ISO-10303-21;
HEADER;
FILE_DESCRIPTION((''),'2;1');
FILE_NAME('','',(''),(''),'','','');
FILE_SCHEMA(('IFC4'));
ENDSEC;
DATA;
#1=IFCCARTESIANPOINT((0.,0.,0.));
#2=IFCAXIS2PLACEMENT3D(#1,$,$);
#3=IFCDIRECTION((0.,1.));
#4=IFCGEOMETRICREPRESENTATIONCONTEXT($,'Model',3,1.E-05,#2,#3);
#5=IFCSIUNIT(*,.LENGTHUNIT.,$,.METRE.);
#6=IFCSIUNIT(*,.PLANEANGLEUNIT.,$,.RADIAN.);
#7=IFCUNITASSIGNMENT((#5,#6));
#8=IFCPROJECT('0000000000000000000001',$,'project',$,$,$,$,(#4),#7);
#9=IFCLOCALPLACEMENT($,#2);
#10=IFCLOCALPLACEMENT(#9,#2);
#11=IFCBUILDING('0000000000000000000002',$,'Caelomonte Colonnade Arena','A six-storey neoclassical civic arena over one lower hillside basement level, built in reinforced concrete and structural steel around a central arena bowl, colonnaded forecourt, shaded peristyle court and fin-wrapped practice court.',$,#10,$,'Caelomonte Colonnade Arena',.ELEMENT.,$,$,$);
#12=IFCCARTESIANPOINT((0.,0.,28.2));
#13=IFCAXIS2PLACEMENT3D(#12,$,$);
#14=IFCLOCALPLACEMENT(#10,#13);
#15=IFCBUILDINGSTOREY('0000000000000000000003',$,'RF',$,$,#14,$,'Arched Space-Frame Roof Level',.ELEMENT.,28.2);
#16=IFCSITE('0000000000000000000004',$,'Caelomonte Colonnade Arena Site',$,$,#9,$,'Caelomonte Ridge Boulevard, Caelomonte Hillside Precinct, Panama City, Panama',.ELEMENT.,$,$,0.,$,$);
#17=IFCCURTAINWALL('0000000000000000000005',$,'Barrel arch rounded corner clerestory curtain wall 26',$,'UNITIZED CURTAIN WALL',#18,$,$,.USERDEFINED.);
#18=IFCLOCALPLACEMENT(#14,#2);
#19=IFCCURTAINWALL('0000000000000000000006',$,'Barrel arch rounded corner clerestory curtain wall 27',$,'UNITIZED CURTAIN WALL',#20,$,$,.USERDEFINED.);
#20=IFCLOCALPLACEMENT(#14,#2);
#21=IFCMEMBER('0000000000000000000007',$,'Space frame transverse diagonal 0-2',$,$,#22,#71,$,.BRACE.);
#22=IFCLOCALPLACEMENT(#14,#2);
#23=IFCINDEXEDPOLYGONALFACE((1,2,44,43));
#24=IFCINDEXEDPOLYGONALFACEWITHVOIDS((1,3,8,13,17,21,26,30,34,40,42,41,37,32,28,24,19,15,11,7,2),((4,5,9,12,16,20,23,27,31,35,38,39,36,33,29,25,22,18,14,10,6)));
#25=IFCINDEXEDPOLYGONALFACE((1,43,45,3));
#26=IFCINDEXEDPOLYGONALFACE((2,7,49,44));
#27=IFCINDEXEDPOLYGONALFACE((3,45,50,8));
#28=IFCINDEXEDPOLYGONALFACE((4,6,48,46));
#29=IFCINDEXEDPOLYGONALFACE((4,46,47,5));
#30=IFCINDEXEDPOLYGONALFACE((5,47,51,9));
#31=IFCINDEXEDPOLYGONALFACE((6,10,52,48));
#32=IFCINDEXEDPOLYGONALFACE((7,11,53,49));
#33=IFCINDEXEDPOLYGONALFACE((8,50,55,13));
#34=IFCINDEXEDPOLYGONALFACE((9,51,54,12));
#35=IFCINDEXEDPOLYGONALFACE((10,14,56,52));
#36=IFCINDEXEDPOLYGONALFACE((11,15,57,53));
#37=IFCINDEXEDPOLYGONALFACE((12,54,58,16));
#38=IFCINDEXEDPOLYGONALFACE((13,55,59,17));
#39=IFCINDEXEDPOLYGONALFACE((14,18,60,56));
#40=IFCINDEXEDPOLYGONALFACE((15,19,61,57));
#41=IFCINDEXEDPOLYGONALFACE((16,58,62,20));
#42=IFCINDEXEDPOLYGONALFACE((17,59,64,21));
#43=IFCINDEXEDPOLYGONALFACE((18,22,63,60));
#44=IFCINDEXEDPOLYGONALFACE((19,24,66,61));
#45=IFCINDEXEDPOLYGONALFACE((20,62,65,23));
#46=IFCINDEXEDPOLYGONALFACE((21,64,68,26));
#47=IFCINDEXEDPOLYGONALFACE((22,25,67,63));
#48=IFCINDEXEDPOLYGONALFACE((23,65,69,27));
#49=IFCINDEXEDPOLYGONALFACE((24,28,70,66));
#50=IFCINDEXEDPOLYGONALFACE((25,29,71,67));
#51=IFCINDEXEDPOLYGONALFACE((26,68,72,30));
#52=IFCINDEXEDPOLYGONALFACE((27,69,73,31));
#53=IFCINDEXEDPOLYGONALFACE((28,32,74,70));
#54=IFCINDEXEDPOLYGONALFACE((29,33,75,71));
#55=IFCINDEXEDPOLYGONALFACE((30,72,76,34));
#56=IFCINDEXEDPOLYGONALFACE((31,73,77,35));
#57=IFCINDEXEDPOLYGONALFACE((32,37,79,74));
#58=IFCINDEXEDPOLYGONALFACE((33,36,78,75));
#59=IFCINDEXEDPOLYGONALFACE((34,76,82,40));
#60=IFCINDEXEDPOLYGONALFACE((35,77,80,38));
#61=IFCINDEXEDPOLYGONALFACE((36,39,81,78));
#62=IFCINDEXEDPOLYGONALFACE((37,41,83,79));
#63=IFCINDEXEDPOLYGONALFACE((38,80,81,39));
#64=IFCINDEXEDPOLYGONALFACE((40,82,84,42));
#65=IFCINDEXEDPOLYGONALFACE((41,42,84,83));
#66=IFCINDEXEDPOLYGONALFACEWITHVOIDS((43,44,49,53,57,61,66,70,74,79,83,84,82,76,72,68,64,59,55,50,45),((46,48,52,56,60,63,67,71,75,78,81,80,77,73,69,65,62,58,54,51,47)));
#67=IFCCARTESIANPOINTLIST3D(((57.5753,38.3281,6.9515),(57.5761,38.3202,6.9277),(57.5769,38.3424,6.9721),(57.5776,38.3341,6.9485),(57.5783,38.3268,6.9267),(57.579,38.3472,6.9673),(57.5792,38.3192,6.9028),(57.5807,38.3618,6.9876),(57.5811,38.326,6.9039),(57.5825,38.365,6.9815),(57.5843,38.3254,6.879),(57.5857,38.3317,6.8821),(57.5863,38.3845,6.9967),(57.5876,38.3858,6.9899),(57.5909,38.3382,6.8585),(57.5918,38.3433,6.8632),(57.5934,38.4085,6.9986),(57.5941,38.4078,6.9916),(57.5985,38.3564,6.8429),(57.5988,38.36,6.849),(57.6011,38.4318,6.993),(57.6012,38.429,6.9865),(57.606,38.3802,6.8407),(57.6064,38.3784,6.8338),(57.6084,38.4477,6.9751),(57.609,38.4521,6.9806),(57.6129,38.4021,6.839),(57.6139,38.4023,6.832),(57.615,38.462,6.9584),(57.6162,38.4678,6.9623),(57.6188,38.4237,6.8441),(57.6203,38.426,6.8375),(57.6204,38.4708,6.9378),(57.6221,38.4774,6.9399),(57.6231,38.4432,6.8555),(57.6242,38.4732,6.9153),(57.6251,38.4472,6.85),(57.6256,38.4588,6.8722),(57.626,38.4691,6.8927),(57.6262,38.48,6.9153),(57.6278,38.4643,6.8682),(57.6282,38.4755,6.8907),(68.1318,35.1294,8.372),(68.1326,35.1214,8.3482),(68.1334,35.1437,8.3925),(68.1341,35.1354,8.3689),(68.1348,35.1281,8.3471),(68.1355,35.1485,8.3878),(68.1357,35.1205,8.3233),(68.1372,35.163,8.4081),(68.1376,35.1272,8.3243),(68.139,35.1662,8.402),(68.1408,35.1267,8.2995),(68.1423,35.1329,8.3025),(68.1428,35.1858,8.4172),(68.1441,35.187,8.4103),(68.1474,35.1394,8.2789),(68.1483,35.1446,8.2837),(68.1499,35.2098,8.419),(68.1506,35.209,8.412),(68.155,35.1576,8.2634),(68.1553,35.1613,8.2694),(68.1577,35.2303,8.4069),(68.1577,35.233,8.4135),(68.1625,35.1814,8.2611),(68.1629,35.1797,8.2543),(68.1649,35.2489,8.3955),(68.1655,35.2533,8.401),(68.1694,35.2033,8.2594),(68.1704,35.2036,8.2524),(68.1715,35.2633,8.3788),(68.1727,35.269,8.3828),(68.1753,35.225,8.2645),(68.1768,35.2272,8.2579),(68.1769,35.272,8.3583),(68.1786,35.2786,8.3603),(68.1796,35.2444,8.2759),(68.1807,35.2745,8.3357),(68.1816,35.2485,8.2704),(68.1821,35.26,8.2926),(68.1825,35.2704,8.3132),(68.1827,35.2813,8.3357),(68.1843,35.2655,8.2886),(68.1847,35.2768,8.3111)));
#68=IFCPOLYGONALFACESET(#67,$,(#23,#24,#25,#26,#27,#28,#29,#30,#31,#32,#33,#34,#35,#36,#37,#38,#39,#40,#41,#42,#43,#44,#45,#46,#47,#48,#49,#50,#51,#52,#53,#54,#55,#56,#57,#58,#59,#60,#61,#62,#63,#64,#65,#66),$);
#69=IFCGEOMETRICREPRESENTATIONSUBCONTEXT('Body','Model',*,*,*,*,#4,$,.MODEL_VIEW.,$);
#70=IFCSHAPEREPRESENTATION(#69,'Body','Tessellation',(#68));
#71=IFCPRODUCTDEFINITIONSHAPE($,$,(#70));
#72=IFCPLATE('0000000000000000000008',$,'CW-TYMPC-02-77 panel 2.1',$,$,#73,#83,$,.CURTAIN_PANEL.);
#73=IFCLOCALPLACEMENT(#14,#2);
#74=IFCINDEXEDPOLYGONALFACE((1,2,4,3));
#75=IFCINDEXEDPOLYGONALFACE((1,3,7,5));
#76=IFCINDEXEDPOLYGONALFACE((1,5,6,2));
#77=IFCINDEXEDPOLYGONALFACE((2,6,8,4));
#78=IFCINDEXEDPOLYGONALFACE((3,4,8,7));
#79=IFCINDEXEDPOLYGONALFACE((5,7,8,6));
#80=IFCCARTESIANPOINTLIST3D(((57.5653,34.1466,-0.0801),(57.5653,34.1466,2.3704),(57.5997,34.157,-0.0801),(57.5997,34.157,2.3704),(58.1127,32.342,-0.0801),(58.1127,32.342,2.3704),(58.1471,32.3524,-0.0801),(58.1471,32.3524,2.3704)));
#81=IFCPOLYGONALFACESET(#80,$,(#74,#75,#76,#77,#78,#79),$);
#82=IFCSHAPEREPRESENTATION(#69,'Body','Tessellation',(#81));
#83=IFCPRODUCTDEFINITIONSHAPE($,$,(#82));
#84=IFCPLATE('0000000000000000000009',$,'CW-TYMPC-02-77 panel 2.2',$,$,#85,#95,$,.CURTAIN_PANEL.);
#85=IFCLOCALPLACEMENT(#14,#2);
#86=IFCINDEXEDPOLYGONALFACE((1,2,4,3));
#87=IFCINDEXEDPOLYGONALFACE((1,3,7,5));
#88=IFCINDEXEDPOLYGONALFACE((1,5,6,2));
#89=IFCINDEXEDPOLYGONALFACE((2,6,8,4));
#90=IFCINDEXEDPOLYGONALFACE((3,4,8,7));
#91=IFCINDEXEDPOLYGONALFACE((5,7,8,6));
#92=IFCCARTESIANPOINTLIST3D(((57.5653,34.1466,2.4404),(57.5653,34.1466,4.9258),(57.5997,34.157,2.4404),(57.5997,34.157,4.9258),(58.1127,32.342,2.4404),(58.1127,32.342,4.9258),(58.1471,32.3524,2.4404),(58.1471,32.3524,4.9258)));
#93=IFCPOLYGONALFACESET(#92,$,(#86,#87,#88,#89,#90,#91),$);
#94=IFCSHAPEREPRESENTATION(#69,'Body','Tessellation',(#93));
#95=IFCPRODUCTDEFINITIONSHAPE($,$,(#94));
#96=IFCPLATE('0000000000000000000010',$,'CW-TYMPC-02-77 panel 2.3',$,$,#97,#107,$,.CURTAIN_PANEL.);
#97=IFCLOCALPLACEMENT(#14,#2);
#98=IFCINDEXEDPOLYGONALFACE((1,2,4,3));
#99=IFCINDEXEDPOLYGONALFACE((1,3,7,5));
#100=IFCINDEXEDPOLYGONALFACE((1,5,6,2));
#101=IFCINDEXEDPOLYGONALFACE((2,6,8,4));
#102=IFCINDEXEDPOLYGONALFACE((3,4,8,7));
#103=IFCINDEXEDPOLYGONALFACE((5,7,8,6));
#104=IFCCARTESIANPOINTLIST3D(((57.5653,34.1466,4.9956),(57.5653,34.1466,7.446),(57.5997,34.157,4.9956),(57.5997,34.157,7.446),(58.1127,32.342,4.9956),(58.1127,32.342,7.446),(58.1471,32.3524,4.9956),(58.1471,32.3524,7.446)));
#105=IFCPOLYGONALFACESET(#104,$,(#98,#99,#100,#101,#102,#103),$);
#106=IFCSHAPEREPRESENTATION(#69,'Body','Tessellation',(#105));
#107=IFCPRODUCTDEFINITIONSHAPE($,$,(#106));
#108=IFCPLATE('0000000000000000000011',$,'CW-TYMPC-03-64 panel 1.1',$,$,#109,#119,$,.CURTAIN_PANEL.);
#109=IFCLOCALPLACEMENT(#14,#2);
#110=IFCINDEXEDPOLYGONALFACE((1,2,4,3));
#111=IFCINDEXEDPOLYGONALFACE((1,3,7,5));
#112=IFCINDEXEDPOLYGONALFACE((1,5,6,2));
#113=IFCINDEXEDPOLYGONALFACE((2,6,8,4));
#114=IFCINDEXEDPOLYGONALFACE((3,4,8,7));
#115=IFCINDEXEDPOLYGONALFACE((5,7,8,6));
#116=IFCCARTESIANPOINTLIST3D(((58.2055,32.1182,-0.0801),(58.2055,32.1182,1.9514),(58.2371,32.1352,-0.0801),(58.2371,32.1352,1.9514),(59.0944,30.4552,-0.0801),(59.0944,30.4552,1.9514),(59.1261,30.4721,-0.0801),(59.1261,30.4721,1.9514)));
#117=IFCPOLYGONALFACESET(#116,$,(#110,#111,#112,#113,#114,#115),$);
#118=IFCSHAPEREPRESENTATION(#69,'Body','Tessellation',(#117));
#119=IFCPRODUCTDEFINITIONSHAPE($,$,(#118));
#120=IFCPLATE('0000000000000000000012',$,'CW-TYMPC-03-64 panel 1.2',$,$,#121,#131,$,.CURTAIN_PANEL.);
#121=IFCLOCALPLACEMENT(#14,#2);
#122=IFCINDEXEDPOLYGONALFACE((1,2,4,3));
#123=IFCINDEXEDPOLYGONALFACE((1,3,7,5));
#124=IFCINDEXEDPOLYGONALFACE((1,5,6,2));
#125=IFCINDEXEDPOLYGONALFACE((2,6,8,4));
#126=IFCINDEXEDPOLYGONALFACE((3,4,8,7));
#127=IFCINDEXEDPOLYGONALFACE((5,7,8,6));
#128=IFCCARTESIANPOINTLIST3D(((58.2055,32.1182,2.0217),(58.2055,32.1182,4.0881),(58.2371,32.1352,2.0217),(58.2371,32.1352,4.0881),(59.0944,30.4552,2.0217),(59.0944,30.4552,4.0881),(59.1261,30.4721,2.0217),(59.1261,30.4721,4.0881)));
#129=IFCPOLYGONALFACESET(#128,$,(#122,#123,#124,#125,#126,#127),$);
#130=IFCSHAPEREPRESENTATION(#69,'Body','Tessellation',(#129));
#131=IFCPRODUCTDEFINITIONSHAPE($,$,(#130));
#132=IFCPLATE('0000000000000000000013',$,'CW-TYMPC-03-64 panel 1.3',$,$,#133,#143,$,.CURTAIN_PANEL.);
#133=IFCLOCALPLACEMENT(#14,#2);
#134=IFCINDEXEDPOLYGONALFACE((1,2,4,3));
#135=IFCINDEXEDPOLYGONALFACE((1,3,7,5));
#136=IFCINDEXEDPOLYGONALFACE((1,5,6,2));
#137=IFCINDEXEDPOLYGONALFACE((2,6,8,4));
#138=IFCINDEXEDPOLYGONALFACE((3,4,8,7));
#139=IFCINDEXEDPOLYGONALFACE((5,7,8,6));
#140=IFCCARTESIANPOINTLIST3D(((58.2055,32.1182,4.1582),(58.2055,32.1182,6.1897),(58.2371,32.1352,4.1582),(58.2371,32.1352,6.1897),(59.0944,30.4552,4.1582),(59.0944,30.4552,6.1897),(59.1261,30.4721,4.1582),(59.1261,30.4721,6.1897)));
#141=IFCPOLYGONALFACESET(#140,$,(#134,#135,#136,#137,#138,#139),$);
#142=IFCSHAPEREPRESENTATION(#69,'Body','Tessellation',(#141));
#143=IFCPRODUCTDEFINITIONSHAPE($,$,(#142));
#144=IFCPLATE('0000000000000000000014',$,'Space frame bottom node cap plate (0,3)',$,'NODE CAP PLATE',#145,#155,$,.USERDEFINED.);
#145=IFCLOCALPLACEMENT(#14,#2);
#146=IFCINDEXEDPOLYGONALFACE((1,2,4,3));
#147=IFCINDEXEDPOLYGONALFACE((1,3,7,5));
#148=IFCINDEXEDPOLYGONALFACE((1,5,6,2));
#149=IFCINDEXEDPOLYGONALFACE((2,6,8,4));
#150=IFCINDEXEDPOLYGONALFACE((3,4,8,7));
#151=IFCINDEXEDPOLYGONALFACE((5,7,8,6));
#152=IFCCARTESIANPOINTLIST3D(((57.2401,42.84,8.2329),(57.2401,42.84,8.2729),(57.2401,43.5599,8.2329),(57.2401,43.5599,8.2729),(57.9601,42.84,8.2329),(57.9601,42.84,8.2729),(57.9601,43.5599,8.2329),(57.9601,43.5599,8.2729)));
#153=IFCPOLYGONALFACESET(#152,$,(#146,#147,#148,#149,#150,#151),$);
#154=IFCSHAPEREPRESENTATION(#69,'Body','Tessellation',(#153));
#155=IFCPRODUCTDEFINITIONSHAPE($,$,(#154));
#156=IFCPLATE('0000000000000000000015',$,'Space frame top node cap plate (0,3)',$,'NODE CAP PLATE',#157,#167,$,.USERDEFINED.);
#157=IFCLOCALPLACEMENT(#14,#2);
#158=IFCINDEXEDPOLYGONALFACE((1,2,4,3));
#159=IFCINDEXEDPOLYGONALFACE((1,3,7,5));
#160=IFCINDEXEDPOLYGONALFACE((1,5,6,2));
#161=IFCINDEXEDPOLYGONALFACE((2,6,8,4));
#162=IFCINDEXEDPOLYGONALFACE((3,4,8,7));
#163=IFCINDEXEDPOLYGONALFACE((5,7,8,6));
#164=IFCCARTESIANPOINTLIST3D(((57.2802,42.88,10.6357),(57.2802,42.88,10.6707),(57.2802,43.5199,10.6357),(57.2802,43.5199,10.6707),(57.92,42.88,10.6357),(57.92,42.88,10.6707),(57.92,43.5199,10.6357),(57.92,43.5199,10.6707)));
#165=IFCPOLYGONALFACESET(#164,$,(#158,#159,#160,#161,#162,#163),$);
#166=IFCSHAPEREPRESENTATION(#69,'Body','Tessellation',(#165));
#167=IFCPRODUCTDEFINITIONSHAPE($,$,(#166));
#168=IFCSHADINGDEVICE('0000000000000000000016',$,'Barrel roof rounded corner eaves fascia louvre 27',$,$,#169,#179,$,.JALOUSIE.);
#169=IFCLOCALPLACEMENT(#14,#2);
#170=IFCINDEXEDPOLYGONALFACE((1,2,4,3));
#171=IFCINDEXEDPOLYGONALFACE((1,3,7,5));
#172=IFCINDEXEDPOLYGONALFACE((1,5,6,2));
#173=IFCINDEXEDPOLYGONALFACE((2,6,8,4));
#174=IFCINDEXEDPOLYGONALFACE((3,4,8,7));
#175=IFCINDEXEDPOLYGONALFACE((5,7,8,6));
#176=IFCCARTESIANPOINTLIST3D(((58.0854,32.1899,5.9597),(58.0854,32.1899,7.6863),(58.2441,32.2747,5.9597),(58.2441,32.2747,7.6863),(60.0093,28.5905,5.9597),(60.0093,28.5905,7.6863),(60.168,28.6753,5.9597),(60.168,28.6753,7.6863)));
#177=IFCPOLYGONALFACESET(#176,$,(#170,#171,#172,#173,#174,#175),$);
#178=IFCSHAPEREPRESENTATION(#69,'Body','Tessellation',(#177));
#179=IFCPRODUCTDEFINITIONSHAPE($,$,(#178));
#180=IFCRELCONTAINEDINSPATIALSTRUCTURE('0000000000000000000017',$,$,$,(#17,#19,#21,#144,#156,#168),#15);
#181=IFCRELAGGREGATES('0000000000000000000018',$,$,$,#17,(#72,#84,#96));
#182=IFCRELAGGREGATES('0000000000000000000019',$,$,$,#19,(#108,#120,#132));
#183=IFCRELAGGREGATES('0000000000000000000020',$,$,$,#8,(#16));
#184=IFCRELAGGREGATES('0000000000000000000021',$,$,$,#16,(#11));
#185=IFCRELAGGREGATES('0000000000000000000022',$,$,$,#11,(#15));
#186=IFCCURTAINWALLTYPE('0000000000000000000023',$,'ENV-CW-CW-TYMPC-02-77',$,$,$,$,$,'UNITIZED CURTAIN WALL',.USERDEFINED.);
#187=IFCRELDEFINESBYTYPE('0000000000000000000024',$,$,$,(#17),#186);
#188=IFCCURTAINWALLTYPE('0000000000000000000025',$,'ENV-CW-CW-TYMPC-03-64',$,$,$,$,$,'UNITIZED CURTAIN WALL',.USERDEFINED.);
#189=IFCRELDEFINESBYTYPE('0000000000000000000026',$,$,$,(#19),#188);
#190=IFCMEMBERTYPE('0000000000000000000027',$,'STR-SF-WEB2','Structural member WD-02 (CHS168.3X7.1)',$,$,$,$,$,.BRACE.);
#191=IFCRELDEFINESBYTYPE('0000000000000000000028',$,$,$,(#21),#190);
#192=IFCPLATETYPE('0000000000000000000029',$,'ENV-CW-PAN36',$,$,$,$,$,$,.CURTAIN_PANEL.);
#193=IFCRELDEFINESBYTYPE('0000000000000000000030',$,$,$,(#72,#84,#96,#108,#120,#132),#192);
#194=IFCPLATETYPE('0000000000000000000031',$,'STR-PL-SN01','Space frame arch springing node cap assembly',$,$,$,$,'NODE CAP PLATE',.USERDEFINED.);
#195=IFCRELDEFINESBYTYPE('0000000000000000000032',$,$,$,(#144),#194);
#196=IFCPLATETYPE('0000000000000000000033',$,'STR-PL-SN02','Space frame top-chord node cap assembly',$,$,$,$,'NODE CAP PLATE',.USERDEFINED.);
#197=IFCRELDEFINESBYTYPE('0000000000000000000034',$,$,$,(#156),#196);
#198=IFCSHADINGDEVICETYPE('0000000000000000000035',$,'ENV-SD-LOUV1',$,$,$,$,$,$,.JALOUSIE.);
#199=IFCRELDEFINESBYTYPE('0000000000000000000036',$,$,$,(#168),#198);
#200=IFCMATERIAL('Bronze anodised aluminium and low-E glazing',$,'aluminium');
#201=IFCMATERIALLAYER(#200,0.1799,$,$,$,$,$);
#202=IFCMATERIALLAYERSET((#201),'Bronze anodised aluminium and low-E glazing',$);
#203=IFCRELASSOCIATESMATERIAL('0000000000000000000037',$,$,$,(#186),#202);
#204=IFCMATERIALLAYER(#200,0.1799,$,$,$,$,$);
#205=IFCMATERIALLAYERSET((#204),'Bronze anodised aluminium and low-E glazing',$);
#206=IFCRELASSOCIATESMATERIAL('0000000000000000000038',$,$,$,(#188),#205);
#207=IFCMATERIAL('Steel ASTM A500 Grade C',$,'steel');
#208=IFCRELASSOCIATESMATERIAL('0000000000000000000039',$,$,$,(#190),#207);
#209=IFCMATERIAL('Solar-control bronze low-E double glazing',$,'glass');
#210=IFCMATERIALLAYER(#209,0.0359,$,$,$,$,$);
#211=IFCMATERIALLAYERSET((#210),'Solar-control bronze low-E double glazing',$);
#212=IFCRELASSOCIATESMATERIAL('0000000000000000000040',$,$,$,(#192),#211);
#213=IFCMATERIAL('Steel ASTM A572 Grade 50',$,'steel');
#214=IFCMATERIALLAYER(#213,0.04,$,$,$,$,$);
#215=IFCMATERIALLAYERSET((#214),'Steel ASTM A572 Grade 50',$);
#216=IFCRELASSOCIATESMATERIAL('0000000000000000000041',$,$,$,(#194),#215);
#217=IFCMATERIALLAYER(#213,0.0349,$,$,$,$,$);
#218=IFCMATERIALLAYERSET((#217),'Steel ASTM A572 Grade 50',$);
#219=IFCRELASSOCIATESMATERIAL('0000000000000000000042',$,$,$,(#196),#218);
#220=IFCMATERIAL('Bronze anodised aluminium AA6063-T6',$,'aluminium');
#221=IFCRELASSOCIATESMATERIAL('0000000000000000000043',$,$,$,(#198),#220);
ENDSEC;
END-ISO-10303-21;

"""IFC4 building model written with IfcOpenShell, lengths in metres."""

from ifc_helpers import new_model, si_unit, direction, frame, origin, origin_2d, place, context, subcontext, project, spatial, rectangle, hollow_circle, extrude, material, layer, layer_set, material_profile, profile_set, type_object, element, aggregate, save


model = new_model("IFC4")

# Units and contexts
model_context = context("Model", 3, precision=1e-05, world=origin(), true_north=direction((0.0, 1.0)))
body_context = subcontext(model_context, "Body", "Model", "MODEL_VIEW")
ifc_project = project(units=[si_unit("LENGTHUNIT", "METRE"), si_unit("PLANEANGLEUNIT", "RADIAN")], contexts=[model_context])

# Site, building, storey
site_placement = place(None, origin())
site = spatial("IfcSite", under=ifc_project, at=site_placement, Name="Caelomonte Colonnade Arena Site", LongName="Caelomonte Ridge Boulevard, Caelomonte Hillside Precinct, Panama City, Panama", CompositionType="ELEMENT", RefElevation=0.0)
building_placement = place(site_placement, origin())
building = spatial("IfcBuilding", under=site, at=building_placement, Name="Caelomonte Colonnade Arena", Description="A six-storey neoclassical civic arena over one lower hillside basement level, built in reinforced concrete and structural steel around a central arena bowl, colonnaded forecourt, shaded peristyle court and fin-wrapped practice court.", LongName="Caelomonte Colonnade Arena", CompositionType="ELEMENT")
storey_placement = place(building_placement, frame((0.0, 0.0, 28.2)))
storey = spatial("IfcBuildingStorey", under=building, at=storey_placement, Name="RF", LongName="Arched Space-Frame Roof Level", CompositionType="ELEMENT", Elevation=28.2)

# Curtain wall
ifc_material_1 = material(Name="Bronze anodised aluminium and low-E glazing", Category="aluminium")
ifc_material_2 = material(Name="Bronze anodised aluminium AA6063-T6", Category="aluminium")
ifc_layer_1 = layer(ifc_material_1, 0.1799)
ifc_layer_set_1 = layer_set([ifc_layer_1], Name="Bronze anodised aluminium and low-E glazing")
curtain_wall_type_1 = type_object("IfcCurtainWallType", Name="ENV-CW-CW-TYMPC-02-77", ElementType="UNITIZED CURTAIN WALL", PredefinedType="USERDEFINED", material=ifc_layer_set_1)
curtain_wall_1_placement = place(storey_placement, origin())
curtain_wall_1 = element("IfcCurtainWall", 1, at=curtain_wall_1_placement, inside=storey, type_object=curtain_wall_type_1, Name="Barrel arch rounded corner clerestory curtain wall 26", ObjectType="UNITIZED CURTAIN WALL", PredefinedType="USERDEFINED")

# Curtain wall
ifc_layer_2 = layer(ifc_material_1, 0.1799)
ifc_layer_set_2 = layer_set([ifc_layer_2], Name="Bronze anodised aluminium and low-E glazing")
curtain_wall_type_2 = type_object("IfcCurtainWallType", Name="ENV-CW-CW-TYMPC-03-64", ElementType="UNITIZED CURTAIN WALL", PredefinedType="USERDEFINED", material=ifc_layer_set_2)
curtain_wall_2_placement = place(storey_placement, origin())
curtain_wall_2 = element("IfcCurtainWall", 2, at=curtain_wall_2_placement, inside=storey, type_object=curtain_wall_type_2, Name="Barrel arch rounded corner clerestory curtain wall 27", ObjectType="UNITIZED CURTAIN WALL", PredefinedType="USERDEFINED")

# Member
ifc_material_3 = material(Name="Steel ASTM A500 Grade C", Category="steel")
ifc_material_profile_1 = material_profile(ifc_material_3, hollow_circle(Radius=0.0842, WallThickness=0.0071, at=origin_2d()), Name="CHS168.3X7.1")
ifc_profile_set_1 = profile_set([ifc_material_profile_1], Name="Steel ASTM A500 Grade C")
member_type_1 = type_object("IfcMemberType", Name="STR-SF-WEB2", Description="Structural member WD-02 (CHS168.3X7.1)", PredefinedType="BRACE", material=ifc_profile_set_1)
member_1_placement = place(storey_placement, frame((57.6018, 38.3994, 6.9153), z_axis=(0.949191, -0.287618, 0.127718), x_axis=(0.289993, 0.957029, 0.0)))
element("IfcMember", 3, at=member_1_placement, inside=storey, type_object=member_type_1, Name="Space frame transverse diagonal 0-2", PredefinedType="BRACE", context=body_context, shape_type="SweptSolid", body=[
    extrude(hollow_circle(Radius=0.0842, WallThickness=0.0071, at=origin_2d()), origin(), (0.0, 0.0, 1.0), 11.1216),
])

# Plates
ifc_material_4 = material(Name="Solar-control bronze low-E double glazing", Category="glass")
ifc_layer_3 = layer(ifc_material_4, 0.0359)
ifc_layer_set_3 = layer_set([ifc_layer_3], Name="Solar-control bronze low-E double glazing")
plate_type_1 = type_object("IfcPlateType", Name="ENV-CW-PAN36", PredefinedType="CURTAIN_PANEL", material=ifc_layer_set_3)
plate_1_placement = place(storey_placement, frame((57.8562, 33.2495, -0.0801), z_axis=(0.0, 0.0, 1.0), x_axis=(0.290266, -0.956946, 0.0)))
plate_1 = element("IfcPlate", 4, at=plate_1_placement, type_object=plate_type_1, Name="CW-TYMPC-02-77 panel 2.1", PredefinedType="CURTAIN_PANEL", context=body_context, shape_type="SweptSolid", body=[
    extrude(rectangle(XDim=1.8857, YDim=0.0359, at=origin_2d()), origin(), (0.0, 0.0, 1.0), 2.4504),
])
plate_2_placement = place(storey_placement, frame((57.8562, 33.2495, 2.4404), z_axis=(0.0, 0.0, 1.0), x_axis=(0.290266, -0.956946, 0.0)))
plate_2 = element("IfcPlate", 5, at=plate_2_placement, type_object=plate_type_1, Name="CW-TYMPC-02-77 panel 2.2", PredefinedType="CURTAIN_PANEL", context=body_context, shape_type="SweptSolid", body=[
    extrude(rectangle(XDim=1.8857, YDim=0.0359, at=origin_2d()), origin(), (0.0, 0.0, 1.0), 2.4854),
])
plate_3_placement = place(storey_placement, frame((57.8562, 33.2495, 4.9956), z_axis=(0.0, 0.0, 1.0), x_axis=(0.290266, -0.956946, 0.0)))
plate_3 = element("IfcPlate", 6, at=plate_3_placement, type_object=plate_type_1, Name="CW-TYMPC-02-77 panel 2.3", PredefinedType="CURTAIN_PANEL", context=body_context, shape_type="SweptSolid", body=[
    extrude(rectangle(XDim=1.8857, YDim=0.0359, at=origin_2d()), origin(), (0.0, 0.0, 1.0), 2.4504),
])
aggregate(curtain_wall_1, [plate_1, plate_2, plate_3])
plate_4_placement = place(storey_placement, frame((58.6658, 31.2952, -0.0801), z_axis=(0.0, 0.0, 1.0), x_axis=(0.471391, -0.881924, 0.0)))
plate_4 = element("IfcPlate", 7, at=plate_4_placement, type_object=plate_type_1, Name="CW-TYMPC-03-64 panel 1.1", PredefinedType="CURTAIN_PANEL", context=body_context, shape_type="SweptSolid", body=[
    extrude(rectangle(XDim=1.8857, YDim=0.0359, at=origin_2d()), origin(), (0.0, 0.0, 1.0), 2.0315),
])
plate_5_placement = place(storey_placement, frame((58.6658, 31.2952, 2.0217), z_axis=(0.0, 0.0, 1.0), x_axis=(0.471391, -0.881924, 0.0)))
plate_5 = element("IfcPlate", 8, at=plate_5_placement, type_object=plate_type_1, Name="CW-TYMPC-03-64 panel 1.2", PredefinedType="CURTAIN_PANEL", context=body_context, shape_type="SweptSolid", body=[
    extrude(rectangle(XDim=1.8857, YDim=0.0359, at=origin_2d()), origin(), (0.0, 0.0, 1.0), 2.0664),
])
plate_6_placement = place(storey_placement, frame((58.6658, 31.2952, 4.1582), z_axis=(0.0, 0.0, 1.0), x_axis=(0.471391, -0.881924, 0.0)))
plate_6 = element("IfcPlate", 9, at=plate_6_placement, type_object=plate_type_1, Name="CW-TYMPC-03-64 panel 1.3", PredefinedType="CURTAIN_PANEL", context=body_context, shape_type="SweptSolid", body=[
    extrude(rectangle(XDim=1.8857, YDim=0.0359, at=origin_2d()), origin(), (0.0, 0.0, 1.0), 2.0315),
])
aggregate(curtain_wall_2, [plate_4, plate_5, plate_6])

# Plates
ifc_material_5 = material(Name="Steel ASTM A572 Grade 50", Category="steel")
ifc_layer_4 = layer(ifc_material_5, 0.04)
ifc_layer_set_4 = layer_set([ifc_layer_4], Name="Steel ASTM A572 Grade 50")
plate_type_2 = type_object("IfcPlateType", Name="STR-PL-SN01", Description="Space frame arch springing node cap assembly", ElementType="NODE CAP PLATE", PredefinedType="USERDEFINED", material=ifc_layer_set_4)
plate_7_placement = place(storey_placement, frame((57.6001, 43.2, 8.2329), z_axis=(0.0, 0.0, 1.0), x_axis=(1.0, 0.0, 0.0)))
element("IfcPlate", 10, at=plate_7_placement, inside=storey, type_object=plate_type_2, Name="Space frame bottom node cap plate (0,3)", ObjectType="NODE CAP PLATE", PredefinedType="USERDEFINED", context=body_context, shape_type="SweptSolid", body=[
    extrude(rectangle(XDim=0.72, YDim=0.72, at=origin_2d()), origin(), (0.0, 0.0, 1.0), 0.04),
])
ifc_layer_5 = layer(ifc_material_5, 0.0349)
ifc_layer_set_5 = layer_set([ifc_layer_5], Name="Steel ASTM A572 Grade 50")
plate_type_3 = type_object("IfcPlateType", Name="STR-PL-SN02", Description="Space frame top-chord node cap assembly", ElementType="NODE CAP PLATE", PredefinedType="USERDEFINED", material=ifc_layer_set_5)
plate_8_placement = place(storey_placement, frame((57.6001, 43.2, 10.6357), z_axis=(0.0, 0.0, 1.0), x_axis=(1.0, 0.0, 0.0)))
element("IfcPlate", 11, at=plate_8_placement, inside=storey, type_object=plate_type_3, Name="Space frame top node cap plate (0,3)", ObjectType="NODE CAP PLATE", PredefinedType="USERDEFINED", context=body_context, shape_type="SweptSolid", body=[
    extrude(rectangle(XDim=0.6399, YDim=0.6399, at=origin_2d()), origin(), (0.0, 0.0, 1.0), 0.0349),
])

# Shading device
shading_device_type = type_object("IfcShadingDeviceType", Name="ENV-SD-LOUV1", PredefinedType="JALOUSIE", material=ifc_material_2)
shading_device_placement = place(storey_placement, frame((59.1267, 30.4326, 5.9597), z_axis=(0.0, 0.0, 1.0), x_axis=(0.471401, -0.881919, 0.0)))
element("IfcShadingDevice", 12, at=shading_device_placement, inside=storey, type_object=shading_device_type, Name="Barrel roof rounded corner eaves fascia louvre 27", PredefinedType="JALOUSIE", context=body_context, shape_type="SweptSolid", body=[
    extrude(rectangle(XDim=4.0813, YDim=0.1799, at=origin_2d()), origin(), (0.0, 0.0, 1.0), 1.7266),
])

save(model, "model.ifc")
